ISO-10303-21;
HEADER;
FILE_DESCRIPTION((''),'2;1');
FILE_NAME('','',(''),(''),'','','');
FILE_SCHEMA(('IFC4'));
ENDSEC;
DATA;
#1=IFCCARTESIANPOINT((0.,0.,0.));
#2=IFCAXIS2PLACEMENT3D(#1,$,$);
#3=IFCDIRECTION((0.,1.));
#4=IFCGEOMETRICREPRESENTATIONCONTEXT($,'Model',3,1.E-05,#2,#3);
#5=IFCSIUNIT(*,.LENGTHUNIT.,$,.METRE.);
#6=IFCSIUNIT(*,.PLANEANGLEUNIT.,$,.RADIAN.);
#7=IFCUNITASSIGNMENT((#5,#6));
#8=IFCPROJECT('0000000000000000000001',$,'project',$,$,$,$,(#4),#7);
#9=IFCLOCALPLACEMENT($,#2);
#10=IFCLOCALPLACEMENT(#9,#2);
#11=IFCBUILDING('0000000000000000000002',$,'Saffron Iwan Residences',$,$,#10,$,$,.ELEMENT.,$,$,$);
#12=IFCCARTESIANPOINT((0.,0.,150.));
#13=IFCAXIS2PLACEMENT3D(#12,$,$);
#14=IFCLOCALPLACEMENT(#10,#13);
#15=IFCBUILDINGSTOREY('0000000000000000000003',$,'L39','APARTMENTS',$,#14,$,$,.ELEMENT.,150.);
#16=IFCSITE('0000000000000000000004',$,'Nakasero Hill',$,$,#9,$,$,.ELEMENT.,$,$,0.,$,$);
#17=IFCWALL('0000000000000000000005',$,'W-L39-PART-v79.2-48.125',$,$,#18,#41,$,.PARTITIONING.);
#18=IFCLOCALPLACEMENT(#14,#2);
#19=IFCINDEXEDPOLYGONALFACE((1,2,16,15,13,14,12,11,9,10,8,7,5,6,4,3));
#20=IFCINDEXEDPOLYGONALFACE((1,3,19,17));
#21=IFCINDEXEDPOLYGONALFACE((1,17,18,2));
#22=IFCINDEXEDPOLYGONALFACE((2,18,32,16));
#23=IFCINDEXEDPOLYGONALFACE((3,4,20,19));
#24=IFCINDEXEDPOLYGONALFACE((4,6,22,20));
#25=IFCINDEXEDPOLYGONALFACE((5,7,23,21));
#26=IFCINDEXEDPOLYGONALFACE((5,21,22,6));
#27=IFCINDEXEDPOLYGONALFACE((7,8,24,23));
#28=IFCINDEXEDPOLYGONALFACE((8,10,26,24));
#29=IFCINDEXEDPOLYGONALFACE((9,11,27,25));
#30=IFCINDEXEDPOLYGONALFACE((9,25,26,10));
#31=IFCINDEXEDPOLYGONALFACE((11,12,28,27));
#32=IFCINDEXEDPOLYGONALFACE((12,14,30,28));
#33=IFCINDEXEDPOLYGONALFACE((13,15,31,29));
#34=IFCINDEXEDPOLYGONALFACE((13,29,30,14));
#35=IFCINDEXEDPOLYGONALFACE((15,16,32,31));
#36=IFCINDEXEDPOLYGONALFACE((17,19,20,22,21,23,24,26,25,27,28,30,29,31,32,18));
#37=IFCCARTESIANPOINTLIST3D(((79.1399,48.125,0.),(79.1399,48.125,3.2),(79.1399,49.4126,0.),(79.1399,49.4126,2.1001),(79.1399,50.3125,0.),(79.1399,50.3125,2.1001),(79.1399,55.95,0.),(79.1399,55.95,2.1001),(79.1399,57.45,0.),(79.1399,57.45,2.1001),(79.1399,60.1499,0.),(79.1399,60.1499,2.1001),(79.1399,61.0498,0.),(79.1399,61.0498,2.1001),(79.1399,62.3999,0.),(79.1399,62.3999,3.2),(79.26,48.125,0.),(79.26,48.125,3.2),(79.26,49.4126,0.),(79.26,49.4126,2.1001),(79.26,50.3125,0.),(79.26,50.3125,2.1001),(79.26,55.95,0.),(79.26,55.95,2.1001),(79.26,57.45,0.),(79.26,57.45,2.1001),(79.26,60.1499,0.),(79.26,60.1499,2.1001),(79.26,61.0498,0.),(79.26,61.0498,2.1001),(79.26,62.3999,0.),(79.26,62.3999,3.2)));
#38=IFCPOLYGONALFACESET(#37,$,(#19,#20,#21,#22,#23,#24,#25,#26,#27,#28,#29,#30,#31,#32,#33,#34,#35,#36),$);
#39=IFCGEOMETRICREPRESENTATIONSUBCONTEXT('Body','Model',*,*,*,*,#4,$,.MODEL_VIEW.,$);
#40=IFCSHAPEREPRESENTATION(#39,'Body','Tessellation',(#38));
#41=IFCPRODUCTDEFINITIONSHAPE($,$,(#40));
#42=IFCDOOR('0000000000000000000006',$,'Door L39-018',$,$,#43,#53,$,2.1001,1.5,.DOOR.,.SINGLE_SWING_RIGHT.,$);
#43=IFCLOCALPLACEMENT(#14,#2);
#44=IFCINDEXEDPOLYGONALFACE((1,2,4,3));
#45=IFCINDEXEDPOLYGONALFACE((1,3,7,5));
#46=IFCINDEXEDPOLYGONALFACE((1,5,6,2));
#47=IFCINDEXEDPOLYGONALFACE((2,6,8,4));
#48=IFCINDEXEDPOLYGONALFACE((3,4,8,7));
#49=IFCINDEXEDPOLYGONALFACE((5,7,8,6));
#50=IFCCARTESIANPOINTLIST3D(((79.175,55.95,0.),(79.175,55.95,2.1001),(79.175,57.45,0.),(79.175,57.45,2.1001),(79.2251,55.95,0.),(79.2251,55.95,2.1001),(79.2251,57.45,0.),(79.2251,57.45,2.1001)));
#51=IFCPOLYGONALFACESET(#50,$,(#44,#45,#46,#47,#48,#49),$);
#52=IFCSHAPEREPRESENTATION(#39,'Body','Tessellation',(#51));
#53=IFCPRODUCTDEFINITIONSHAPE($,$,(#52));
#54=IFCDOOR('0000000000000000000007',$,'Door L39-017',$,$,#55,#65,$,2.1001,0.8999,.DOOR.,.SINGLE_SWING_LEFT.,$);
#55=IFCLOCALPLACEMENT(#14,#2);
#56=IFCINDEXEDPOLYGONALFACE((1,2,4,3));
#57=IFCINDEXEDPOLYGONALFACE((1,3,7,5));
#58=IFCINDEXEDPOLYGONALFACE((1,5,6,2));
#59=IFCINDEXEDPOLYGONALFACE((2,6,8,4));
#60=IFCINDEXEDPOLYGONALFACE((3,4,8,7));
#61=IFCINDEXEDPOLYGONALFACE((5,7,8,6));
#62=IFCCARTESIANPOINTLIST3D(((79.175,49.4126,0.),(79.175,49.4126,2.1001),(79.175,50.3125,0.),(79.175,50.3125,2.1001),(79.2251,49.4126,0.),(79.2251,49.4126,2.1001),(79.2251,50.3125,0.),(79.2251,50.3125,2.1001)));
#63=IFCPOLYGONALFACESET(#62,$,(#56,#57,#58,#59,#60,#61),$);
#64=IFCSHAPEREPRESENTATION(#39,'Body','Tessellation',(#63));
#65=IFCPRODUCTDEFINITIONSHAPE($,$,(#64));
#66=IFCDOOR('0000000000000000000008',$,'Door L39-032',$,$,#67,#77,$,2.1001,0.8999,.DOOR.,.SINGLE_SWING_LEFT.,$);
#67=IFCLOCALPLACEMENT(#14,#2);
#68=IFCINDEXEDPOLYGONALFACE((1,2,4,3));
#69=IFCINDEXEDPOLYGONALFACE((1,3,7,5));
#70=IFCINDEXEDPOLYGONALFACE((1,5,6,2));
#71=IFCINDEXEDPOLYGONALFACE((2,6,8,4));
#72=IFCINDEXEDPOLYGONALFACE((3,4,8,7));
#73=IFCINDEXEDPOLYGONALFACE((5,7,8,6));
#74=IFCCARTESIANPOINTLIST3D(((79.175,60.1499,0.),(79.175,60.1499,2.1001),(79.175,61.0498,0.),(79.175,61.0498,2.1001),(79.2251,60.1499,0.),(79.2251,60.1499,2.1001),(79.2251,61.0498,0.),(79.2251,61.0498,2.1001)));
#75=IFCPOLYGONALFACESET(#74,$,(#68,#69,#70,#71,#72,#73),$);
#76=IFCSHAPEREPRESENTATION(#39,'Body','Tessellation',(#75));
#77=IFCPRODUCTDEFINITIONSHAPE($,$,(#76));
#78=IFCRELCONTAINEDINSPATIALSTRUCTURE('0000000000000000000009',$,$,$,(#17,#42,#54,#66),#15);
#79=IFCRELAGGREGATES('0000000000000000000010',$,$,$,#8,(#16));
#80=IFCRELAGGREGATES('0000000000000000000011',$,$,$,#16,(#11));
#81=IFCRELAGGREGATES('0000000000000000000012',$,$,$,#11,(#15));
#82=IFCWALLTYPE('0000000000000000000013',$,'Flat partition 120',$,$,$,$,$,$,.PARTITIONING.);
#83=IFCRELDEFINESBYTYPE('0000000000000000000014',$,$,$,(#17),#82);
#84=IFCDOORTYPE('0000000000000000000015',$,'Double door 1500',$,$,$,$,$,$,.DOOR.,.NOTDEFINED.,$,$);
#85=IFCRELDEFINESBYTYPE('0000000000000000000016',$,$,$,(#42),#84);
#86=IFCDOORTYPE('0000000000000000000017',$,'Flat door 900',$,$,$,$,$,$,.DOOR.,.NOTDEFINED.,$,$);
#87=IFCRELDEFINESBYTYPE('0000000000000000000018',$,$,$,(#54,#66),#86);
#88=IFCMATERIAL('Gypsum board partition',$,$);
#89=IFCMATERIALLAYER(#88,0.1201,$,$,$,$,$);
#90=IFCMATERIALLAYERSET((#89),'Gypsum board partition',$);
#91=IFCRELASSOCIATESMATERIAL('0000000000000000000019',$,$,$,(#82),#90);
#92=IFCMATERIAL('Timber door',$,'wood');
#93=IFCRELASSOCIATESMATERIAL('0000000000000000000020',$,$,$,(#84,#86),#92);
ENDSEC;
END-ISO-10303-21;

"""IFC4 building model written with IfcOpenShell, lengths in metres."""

from ifc_helpers import new_model, si_unit, direction, frame, frame_2d, origin, place, context, subcontext, project, spatial, rectangle, extrude, material, layer, layer_set, type_object, element, fill, save


model = new_model("IFC4")

# Units and contexts
model_context = context("Model", 3, precision=1e-05, world=origin(), true_north=direction((0.0, 1.0)))
body_context = subcontext(model_context, "Body", "Model", "MODEL_VIEW")
ifc_project = project(units=[si_unit("LENGTHUNIT", "METRE"), si_unit("PLANEANGLEUNIT", "RADIAN")], contexts=[model_context])

# Site, building, storey
site_placement = place(None, origin())
site = spatial("IfcSite", under=ifc_project, at=site_placement, Name="Nakasero Hill", CompositionType="ELEMENT", RefElevation=0.0)
building_placement = place(site_placement, origin())
building = spatial("IfcBuilding", under=site, at=building_placement, Name="Saffron Iwan Residences", CompositionType="ELEMENT")
storey_placement = place(building_placement, frame((0.0, 0.0, 150.0)))
storey = spatial("IfcBuildingStorey", under=building, at=storey_placement, Name="L39", Description="APARTMENTS", CompositionType="ELEMENT", Elevation=150.0)

# Shared definitions
ifc_material_1 = material(Name="Gypsum board partition")
ifc_layer_1 = layer(ifc_material_1, 0.1201)
ifc_layer_set_1 = layer_set([ifc_layer_1], Name="Gypsum board partition")
wall_type_1 = type_object("IfcWallType", Name="Flat partition 120", PredefinedType="PARTITIONING", material=ifc_layer_set_1)

# Wall, openings, doors
wall_1_placement = place(storey_placement, frame((79.2, 48.125, 0.0), z_axis=(0.0, 0.0, 1.0), x_axis=(0.0, 1.0, 0.0)))
wall_1 = element("IfcWall", 1, at=wall_1_placement, inside=storey, type_object=wall_type_1, Name="W-L39-PART-v79.2-48.125", PredefinedType="PARTITIONING", context=body_context, shape_type="SweptSolid", body=[
    extrude(rectangle(XDim=14.2749, YDim=0.1201, at=frame_2d((7.1375, 0.0))), origin(), (0.0, 0.0, 1.0), 3.2),
])
opening_1_placement = place(wall_1_placement, frame((1.2876, 0.0, 0.0)))
opening_1 = element("IfcOpeningElement", 2, at=opening_1_placement, cuts=wall_1, PredefinedType="OPENING", context=body_context, shape_type="SweptSolid", body=[
    extrude(rectangle(XDim=0.8999, YDim=2.1001, at=frame_2d((0.45, 1.05))), frame((0.0, 0.0701, 0.0), z_axis=(0.0, -1.0, 0.0), x_axis=(1.0, 0.0, 0.0)), (0.0, 0.0, 1.0), 0.1401),
])
opening_2_placement = place(wall_1_placement, frame((7.825, 0.0, 0.0)))
opening_2 = element("IfcOpeningElement", 3, at=opening_2_placement, cuts=wall_1, PredefinedType="OPENING", context=body_context, shape_type="SweptSolid", body=[
    extrude(rectangle(XDim=1.5, YDim=2.1001, at=frame_2d((0.75, 1.05))), frame((0.0, 0.0701, 0.0), z_axis=(0.0, -1.0, 0.0), x_axis=(1.0, 0.0, 0.0)), (0.0, 0.0, 1.0), 0.1401),
])
opening_3_placement = place(wall_1_placement, frame((12.0249, 0.0, 0.0)))
opening_3 = element("IfcOpeningElement", 4, at=opening_3_placement, cuts=wall_1, PredefinedType="OPENING", context=body_context, shape_type="SweptSolid", body=[
    extrude(rectangle(XDim=0.8999, YDim=2.1001, at=frame_2d((0.45, 1.05))), frame((0.0, 0.0701, 0.0), z_axis=(0.0, -1.0, 0.0), x_axis=(1.0, 0.0, 0.0)), (0.0, 0.0, 1.0), 0.1401),
])
ifc_material_2 = material(Name="Timber door", Category="wood")
door_type_1 = type_object("IfcDoorType", Name="Double door 1500", OperationType="NOTDEFINED", PredefinedType="DOOR", material=ifc_material_2)
door_1_placement = place(opening_2_placement, origin())
door_1 = element("IfcDoor", 5, at=door_1_placement, inside=storey, type_object=door_type_1, Name="Door L39-018", OperationType="SINGLE_SWING_RIGHT", OverallHeight=2.1001, OverallWidth=1.5, PredefinedType="DOOR", context=body_context, shape_type="SweptSolid", body=[
    extrude(rectangle(XDim=1.5, YDim=2.1001, at=frame_2d((0.75, 1.05))), frame((0.0, 0.0249, 0.0), z_axis=(0.0, -1.0, 0.0), x_axis=(1.0, 0.0, 0.0)), (0.0, 0.0, 1.0), 0.05),
])
fill(opening_2, door_1)
door_type_2 = type_object("IfcDoorType", Name="Flat door 900", OperationType="NOTDEFINED", PredefinedType="DOOR", material=ifc_material_2)
door_2_placement = place(opening_1_placement, origin())
door_2 = element("IfcDoor", 6, at=door_2_placement, inside=storey, type_object=door_type_2, Name="Door L39-017", OperationType="SINGLE_SWING_LEFT", OverallHeight=2.1001, OverallWidth=0.8999, PredefinedType="DOOR", context=body_context, shape_type="SweptSolid", body=[
    extrude(rectangle(XDim=0.8999, YDim=2.1001, at=frame_2d((0.45, 1.05))), frame((0.0, 0.0249, 0.0), z_axis=(0.0, -1.0, 0.0), x_axis=(1.0, 0.0, 0.0)), (0.0, 0.0, 1.0), 0.05),
])
fill(opening_1, door_2)
door_3_placement = place(opening_3_placement, origin())
door_3 = element("IfcDoor", 7, at=door_3_placement, inside=storey, type_object=door_type_2, Name="Door L39-032", OperationType="SINGLE_SWING_LEFT", OverallHeight=2.1001, OverallWidth=0.8999, PredefinedType="DOOR", context=body_context, shape_type="SweptSolid", body=[
    extrude(rectangle(XDim=0.8999, YDim=2.1001, at=frame_2d((0.45, 1.05))), frame((0.0, 0.0249, 0.0), z_axis=(0.0, -1.0, 0.0), x_axis=(1.0, 0.0, 0.0)), (0.0, 0.0, 1.0), 0.05),
])
fill(opening_3, door_3)

save(model, "model.ifc")
